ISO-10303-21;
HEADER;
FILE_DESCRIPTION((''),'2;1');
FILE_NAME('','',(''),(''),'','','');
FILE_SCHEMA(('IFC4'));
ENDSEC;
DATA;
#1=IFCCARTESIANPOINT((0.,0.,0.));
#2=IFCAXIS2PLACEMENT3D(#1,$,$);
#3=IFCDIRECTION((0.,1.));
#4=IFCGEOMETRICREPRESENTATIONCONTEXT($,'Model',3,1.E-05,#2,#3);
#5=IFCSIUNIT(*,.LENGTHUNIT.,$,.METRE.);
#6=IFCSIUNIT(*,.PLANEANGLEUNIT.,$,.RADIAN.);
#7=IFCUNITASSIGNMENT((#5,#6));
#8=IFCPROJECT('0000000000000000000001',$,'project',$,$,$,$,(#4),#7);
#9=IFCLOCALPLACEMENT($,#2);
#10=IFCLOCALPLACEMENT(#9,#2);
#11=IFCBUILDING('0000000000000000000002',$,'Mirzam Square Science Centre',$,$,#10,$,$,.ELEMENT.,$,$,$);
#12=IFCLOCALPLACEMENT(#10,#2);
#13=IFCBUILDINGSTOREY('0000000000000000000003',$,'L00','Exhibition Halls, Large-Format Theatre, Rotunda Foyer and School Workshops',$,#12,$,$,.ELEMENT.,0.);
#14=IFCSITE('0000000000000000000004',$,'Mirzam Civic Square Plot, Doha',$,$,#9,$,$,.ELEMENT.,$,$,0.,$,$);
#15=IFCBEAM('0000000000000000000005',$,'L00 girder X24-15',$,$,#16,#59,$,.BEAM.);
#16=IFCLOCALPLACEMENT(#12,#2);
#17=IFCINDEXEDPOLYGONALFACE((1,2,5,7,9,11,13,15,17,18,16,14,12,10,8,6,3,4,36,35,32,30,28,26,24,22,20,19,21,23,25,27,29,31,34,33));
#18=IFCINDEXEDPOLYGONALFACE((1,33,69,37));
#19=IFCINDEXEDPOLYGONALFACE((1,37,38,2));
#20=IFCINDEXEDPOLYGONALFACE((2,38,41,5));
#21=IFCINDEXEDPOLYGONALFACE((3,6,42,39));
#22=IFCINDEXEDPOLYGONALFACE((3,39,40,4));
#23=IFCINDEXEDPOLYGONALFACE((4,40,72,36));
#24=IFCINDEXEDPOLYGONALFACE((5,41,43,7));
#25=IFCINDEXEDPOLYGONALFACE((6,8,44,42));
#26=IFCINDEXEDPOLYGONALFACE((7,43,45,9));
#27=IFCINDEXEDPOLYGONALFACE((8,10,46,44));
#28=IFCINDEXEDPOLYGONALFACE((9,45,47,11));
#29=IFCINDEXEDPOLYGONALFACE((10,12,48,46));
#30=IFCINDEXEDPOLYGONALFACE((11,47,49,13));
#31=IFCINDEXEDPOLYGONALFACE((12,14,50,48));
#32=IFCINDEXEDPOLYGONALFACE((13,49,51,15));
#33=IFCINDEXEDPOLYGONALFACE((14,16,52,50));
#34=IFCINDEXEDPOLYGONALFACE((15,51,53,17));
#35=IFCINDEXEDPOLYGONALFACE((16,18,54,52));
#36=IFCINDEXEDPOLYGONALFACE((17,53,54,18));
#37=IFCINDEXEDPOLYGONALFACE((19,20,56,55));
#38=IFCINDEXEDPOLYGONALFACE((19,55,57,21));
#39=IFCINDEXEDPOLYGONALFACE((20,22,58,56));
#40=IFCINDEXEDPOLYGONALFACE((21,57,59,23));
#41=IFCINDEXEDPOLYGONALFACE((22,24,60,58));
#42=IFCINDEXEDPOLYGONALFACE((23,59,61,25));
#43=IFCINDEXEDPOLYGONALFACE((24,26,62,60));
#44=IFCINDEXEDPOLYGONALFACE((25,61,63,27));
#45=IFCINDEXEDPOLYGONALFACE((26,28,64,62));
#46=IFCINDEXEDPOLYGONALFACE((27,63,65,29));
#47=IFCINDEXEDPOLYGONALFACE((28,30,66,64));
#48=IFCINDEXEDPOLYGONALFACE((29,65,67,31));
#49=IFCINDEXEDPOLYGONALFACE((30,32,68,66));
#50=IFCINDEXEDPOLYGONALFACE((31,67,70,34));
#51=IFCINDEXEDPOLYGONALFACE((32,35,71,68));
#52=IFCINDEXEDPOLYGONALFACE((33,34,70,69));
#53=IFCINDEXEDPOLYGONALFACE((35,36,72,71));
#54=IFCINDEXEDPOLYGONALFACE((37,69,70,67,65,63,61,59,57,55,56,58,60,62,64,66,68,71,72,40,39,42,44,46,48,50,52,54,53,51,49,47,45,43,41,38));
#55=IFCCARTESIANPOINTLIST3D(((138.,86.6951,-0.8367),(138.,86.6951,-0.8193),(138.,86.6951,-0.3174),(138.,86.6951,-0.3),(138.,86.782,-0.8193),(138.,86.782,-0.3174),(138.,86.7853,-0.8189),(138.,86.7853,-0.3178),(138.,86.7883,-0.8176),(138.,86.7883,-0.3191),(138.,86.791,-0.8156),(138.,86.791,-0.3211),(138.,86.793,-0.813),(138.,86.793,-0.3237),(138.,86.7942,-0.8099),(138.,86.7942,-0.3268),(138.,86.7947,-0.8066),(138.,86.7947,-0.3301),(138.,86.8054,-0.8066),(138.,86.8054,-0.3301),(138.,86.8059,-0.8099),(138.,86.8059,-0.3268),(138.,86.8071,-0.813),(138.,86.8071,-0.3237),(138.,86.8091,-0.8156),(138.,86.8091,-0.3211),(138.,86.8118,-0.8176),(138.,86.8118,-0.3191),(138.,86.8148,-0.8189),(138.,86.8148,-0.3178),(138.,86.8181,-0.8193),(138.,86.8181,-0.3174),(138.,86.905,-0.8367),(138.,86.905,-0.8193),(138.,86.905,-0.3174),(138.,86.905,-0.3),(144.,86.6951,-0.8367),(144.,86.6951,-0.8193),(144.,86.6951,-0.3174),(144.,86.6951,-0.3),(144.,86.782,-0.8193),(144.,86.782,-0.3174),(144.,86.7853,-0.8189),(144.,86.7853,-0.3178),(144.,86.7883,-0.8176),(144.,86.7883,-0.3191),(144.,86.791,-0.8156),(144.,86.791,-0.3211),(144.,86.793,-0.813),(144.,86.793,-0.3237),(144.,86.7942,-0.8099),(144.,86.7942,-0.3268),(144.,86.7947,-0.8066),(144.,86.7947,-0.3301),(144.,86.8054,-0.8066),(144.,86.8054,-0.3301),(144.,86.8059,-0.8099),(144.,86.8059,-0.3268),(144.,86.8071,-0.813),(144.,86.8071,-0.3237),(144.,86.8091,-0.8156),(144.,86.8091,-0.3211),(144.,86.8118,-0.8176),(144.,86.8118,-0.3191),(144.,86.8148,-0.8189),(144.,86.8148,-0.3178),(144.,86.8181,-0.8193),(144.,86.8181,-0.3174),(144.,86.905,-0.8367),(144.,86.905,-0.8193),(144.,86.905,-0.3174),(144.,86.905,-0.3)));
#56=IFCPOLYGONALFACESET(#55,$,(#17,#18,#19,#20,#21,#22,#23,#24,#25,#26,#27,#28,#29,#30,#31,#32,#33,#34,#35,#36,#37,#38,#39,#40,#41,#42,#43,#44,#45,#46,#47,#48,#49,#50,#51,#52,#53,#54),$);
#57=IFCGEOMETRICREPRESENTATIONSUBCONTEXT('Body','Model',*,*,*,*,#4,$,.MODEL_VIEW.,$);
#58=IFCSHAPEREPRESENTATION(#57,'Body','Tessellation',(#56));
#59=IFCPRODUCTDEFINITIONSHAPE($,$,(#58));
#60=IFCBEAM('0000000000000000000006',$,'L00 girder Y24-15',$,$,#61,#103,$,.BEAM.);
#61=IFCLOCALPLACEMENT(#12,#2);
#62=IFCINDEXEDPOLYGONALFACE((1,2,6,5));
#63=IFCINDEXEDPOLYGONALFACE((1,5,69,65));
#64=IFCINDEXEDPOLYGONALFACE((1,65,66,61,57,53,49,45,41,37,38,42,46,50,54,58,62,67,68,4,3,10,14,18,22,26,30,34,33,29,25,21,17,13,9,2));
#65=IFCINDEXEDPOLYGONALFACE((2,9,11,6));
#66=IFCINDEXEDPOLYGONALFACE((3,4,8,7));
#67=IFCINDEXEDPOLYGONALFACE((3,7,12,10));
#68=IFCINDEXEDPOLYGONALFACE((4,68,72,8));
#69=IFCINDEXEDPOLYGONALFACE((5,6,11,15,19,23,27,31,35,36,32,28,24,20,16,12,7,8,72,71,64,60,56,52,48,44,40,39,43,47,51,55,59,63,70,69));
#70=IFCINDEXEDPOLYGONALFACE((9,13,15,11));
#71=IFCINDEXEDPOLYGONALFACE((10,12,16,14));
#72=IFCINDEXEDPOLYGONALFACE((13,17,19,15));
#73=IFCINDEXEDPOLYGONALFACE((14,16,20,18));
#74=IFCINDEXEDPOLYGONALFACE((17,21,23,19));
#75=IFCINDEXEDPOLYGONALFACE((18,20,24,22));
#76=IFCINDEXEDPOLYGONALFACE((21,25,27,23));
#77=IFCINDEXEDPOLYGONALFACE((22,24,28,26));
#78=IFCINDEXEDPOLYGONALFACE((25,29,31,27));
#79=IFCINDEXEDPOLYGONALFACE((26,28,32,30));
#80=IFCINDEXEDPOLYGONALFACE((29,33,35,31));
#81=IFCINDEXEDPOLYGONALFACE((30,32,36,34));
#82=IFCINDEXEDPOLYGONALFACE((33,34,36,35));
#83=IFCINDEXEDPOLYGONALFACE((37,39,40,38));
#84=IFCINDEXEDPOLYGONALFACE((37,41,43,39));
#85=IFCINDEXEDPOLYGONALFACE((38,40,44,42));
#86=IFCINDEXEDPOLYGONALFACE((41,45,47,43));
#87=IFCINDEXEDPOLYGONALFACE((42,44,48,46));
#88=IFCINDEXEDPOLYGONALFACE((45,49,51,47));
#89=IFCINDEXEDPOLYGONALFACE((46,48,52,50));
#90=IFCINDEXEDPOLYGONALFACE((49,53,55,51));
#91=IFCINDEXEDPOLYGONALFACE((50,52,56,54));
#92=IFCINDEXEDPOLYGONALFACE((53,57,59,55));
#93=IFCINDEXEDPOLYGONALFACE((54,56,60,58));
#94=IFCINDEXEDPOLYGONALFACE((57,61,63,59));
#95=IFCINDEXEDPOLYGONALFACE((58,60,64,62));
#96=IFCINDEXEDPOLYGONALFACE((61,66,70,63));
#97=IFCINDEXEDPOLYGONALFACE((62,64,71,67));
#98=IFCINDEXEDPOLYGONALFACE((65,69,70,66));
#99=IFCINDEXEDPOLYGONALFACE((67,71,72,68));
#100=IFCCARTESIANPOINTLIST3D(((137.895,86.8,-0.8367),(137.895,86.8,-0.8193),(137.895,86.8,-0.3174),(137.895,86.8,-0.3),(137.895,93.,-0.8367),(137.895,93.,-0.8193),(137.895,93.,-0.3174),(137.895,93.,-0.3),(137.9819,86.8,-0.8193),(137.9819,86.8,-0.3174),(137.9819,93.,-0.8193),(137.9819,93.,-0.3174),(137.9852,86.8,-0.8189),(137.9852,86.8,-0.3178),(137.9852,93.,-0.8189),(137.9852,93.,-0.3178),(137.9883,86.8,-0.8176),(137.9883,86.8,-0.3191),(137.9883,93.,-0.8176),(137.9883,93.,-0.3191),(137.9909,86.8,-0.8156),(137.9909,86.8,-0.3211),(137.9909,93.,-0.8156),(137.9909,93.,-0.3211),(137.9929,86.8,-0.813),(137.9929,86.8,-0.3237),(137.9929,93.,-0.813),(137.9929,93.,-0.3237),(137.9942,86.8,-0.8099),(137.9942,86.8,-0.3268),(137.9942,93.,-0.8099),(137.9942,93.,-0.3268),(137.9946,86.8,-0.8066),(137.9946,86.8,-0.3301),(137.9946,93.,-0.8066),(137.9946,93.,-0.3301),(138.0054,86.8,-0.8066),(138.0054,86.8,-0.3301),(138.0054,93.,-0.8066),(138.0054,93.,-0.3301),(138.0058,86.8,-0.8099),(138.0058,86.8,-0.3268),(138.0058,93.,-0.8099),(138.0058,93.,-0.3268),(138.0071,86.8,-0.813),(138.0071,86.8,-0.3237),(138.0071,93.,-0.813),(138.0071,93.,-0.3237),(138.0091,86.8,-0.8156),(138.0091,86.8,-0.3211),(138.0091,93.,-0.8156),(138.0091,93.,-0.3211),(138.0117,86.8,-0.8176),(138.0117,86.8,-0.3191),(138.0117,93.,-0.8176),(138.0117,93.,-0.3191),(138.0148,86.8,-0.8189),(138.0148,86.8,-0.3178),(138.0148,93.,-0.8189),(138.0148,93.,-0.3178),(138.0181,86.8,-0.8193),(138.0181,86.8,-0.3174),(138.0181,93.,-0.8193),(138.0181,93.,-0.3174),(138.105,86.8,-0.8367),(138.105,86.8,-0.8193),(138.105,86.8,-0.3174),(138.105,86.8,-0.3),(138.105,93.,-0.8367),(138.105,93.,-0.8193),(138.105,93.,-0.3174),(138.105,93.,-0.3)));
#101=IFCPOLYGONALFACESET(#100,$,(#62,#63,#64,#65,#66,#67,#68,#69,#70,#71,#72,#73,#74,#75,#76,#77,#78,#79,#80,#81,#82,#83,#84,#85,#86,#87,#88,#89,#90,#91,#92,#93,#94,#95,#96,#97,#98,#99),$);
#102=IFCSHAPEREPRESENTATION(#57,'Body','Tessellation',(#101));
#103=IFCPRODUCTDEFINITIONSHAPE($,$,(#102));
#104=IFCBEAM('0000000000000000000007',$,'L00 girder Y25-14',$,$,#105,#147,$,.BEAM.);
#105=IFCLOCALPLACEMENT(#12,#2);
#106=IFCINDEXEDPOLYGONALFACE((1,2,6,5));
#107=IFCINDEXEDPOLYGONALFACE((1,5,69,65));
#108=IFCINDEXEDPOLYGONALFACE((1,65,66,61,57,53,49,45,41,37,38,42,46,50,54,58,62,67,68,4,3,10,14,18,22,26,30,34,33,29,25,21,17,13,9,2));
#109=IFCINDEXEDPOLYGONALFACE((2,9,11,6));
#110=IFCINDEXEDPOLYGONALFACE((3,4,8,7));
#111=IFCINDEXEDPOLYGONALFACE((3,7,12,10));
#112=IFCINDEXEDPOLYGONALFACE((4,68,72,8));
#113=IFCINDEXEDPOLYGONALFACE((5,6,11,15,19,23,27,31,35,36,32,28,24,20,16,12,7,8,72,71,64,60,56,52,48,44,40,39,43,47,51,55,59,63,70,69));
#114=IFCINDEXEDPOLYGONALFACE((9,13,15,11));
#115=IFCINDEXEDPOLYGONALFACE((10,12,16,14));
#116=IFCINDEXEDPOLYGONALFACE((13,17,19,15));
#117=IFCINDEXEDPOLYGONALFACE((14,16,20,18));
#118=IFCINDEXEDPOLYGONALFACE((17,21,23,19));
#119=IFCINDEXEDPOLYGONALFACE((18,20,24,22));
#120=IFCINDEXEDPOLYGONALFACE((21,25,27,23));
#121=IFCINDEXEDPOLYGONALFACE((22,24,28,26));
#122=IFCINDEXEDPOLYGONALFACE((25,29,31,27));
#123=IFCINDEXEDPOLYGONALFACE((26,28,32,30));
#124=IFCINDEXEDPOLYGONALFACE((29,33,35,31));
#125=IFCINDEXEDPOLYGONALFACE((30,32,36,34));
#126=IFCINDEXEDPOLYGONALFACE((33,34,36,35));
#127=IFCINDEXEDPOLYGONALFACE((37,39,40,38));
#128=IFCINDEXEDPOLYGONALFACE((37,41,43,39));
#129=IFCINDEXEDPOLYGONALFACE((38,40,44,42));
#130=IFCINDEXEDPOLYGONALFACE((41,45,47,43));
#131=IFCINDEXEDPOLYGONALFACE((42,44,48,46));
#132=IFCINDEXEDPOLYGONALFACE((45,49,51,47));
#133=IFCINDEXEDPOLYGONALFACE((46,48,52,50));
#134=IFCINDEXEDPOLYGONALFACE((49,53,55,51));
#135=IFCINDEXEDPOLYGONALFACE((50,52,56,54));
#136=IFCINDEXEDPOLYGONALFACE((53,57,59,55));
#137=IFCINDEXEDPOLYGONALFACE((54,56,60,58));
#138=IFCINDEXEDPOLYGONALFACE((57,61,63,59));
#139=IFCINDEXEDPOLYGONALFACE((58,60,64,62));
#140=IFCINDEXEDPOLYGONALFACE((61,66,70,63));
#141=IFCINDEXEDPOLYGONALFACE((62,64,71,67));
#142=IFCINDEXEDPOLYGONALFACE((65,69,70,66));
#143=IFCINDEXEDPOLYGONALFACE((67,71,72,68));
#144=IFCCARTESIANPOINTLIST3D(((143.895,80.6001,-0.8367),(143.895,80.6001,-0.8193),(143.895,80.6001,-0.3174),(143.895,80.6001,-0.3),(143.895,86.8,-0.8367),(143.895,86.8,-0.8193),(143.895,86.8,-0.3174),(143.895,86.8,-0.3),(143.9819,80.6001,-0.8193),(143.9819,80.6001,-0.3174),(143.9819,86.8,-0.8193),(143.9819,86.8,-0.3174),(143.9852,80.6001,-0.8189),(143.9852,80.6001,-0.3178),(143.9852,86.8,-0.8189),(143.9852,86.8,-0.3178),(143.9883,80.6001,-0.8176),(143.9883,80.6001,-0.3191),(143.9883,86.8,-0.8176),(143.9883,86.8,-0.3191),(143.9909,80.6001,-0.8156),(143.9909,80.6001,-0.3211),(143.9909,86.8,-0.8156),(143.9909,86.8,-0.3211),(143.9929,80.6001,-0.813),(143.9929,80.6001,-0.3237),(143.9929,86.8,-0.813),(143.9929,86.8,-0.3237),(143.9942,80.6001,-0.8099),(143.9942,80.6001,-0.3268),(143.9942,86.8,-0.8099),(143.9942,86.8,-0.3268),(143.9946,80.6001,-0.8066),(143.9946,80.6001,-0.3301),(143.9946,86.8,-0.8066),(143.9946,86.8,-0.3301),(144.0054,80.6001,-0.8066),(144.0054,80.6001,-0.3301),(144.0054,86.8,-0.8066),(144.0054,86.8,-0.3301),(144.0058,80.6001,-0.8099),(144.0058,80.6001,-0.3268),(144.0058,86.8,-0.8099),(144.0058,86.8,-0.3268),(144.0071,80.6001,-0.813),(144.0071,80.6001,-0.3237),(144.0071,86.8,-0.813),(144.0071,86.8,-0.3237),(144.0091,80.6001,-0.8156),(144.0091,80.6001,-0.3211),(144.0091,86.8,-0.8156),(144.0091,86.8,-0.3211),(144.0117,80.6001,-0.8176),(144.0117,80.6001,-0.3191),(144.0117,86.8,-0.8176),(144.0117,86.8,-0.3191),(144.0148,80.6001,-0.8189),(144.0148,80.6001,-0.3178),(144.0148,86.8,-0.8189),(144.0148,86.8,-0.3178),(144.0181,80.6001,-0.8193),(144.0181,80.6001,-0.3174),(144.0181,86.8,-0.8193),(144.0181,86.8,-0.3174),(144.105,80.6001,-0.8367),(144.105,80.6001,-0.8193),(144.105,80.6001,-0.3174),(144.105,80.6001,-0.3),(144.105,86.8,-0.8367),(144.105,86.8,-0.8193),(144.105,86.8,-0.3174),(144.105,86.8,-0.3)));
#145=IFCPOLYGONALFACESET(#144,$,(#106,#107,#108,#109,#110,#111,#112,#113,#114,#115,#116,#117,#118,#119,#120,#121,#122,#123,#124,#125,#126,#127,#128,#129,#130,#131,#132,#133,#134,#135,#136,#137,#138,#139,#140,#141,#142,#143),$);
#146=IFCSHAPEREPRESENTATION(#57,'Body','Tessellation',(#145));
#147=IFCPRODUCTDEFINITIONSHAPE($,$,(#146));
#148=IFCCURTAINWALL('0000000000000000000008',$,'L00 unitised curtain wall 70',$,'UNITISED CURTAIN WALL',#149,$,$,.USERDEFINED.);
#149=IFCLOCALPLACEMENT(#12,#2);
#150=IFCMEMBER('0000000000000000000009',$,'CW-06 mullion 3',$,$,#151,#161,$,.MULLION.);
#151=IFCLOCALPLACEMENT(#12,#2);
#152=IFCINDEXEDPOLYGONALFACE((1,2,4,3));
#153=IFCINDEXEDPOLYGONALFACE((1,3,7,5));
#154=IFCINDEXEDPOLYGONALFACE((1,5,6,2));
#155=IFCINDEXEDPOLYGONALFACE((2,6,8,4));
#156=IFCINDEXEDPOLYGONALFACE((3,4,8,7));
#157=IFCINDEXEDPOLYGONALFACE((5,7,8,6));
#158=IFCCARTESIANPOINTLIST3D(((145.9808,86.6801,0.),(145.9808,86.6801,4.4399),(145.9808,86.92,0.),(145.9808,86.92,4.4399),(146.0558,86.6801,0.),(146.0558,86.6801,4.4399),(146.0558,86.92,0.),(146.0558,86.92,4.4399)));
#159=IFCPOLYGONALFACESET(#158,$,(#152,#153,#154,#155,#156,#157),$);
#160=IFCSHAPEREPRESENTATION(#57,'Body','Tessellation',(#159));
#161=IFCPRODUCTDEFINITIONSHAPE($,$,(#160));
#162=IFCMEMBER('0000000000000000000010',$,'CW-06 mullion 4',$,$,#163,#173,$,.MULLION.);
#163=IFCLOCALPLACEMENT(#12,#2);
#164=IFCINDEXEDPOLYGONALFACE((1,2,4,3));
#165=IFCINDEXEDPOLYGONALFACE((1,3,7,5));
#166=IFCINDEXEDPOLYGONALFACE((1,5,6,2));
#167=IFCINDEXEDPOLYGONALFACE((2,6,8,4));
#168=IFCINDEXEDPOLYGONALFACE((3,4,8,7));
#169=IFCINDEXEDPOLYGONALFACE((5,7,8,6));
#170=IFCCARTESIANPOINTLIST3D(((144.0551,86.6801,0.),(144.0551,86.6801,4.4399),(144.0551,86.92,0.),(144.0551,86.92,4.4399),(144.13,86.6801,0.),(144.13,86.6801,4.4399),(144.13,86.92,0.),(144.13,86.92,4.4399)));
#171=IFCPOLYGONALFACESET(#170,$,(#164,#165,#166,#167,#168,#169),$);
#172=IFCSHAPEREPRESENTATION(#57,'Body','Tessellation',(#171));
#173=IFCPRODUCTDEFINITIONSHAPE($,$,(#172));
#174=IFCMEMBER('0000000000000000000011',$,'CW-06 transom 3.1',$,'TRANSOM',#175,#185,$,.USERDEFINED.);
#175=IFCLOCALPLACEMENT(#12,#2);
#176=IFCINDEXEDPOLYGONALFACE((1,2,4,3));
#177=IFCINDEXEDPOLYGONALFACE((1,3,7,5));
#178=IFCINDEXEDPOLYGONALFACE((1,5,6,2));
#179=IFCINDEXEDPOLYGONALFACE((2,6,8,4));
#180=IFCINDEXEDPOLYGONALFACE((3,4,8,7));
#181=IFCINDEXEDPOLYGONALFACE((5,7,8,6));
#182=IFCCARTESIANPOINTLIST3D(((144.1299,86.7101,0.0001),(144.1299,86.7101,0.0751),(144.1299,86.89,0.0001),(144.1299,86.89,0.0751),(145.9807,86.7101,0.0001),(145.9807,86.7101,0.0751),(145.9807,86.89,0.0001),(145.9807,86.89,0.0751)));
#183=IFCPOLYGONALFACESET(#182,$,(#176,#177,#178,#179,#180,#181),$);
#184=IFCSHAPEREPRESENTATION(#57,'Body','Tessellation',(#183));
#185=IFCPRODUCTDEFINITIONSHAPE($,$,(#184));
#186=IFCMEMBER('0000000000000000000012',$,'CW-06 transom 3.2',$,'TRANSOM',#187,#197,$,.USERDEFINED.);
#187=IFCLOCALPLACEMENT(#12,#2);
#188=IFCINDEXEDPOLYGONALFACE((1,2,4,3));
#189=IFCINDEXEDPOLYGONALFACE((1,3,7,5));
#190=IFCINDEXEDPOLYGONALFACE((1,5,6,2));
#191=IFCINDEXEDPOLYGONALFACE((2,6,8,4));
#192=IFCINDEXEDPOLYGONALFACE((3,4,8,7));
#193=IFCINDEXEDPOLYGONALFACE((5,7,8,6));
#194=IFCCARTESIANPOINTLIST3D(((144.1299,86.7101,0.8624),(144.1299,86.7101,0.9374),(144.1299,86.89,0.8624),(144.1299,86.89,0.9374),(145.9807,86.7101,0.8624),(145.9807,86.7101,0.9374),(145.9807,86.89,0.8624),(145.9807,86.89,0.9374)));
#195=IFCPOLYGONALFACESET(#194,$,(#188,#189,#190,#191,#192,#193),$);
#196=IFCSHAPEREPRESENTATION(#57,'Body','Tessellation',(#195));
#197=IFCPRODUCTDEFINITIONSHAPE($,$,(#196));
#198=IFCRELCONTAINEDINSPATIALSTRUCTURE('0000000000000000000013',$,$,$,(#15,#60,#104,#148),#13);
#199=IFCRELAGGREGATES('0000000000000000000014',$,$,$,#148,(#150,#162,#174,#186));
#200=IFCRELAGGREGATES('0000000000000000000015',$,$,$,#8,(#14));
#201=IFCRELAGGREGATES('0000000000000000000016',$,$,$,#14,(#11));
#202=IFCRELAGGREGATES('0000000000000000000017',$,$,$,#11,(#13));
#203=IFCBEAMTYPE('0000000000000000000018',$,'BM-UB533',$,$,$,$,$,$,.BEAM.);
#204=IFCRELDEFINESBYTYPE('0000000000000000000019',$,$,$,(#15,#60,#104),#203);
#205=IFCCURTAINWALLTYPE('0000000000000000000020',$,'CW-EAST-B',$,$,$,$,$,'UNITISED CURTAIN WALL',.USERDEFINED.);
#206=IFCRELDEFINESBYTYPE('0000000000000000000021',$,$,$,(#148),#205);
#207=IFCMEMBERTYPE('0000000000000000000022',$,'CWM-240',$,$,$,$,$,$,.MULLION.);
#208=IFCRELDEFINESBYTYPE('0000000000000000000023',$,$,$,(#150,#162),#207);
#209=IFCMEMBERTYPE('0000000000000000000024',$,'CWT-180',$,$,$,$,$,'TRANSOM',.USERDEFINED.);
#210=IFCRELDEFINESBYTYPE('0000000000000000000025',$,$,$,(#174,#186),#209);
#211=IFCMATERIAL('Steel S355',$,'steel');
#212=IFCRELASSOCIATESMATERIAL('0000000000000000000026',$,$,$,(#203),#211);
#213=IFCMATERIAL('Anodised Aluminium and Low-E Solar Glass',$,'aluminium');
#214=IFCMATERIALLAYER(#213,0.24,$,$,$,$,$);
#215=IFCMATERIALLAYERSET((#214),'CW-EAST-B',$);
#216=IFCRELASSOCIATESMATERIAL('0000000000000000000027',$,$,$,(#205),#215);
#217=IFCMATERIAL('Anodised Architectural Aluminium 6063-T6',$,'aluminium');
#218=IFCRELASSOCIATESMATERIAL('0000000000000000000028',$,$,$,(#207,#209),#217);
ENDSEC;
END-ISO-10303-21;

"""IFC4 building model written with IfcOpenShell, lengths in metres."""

from ifc_helpers import new_model, si_unit, direction, frame, origin, origin_2d, place, context, subcontext, project, spatial, rectangle, i_section, extrude, material, layer, layer_set, material_profile, profile_set, type_object, element, aggregate, save


model = new_model("IFC4")

# Units and contexts
model_context = context("Model", 3, precision=1e-05, world=origin(), true_north=direction((0.0, 1.0)))
body_context = subcontext(model_context, "Body", "Model", "MODEL_VIEW")
ifc_project = project(units=[si_unit("LENGTHUNIT", "METRE"), si_unit("PLANEANGLEUNIT", "RADIAN")], contexts=[model_context])

# Site, building, storey
site_placement = place(None, origin())
site = spatial("IfcSite", under=ifc_project, at=site_placement, Name="Mirzam Civic Square Plot, Doha", CompositionType="ELEMENT", RefElevation=0.0)
building_placement = place(site_placement, origin())
building = spatial("IfcBuilding", under=site, at=building_placement, Name="Mirzam Square Science Centre", CompositionType="ELEMENT")
storey_placement = place(building_placement, origin())
storey = spatial("IfcBuildingStorey", under=building, at=storey_placement, Name="L00", Description="Exhibition Halls, Large-Format Theatre, Rotunda Foyer and School Workshops", CompositionType="ELEMENT", Elevation=0.0)

# Shared definitions
ifc_material_1 = material(Name="Steel S355", Category="steel")

# Beams
ifc_material_profile_1 = material_profile(ifc_material_1, i_section(OverallWidth=0.21, OverallDepth=0.5366, WebThickness=0.0107, FlangeThickness=0.0173, FilletRadius=0.0127, at=origin_2d()), Name="533x210x101UB")
ifc_profile_set_1 = profile_set([ifc_material_profile_1], Name="Steel S355")
beam_type_1 = type_object("IfcBeamType", Name="BM-UB533", PredefinedType="BEAM", material=ifc_profile_set_1)
for number, where, z_axis, x_axis, name in (
    (1, (138.0, 86.8, -0.5684), (1.0, 0.0, 0.0), (0.0, 1.0, 0.0), "L00 girder X24-15"),
):
    element("IfcBeam", number, at=place(storey_placement, frame(where, z_axis=z_axis, x_axis=x_axis)), inside=storey, type_object=beam_type_1, Name=name, PredefinedType="BEAM", context=body_context, shape_type="SweptSolid", body=[
        extrude(i_section(OverallWidth=0.21, OverallDepth=0.5366, WebThickness=0.0107, FlangeThickness=0.0173, FilletRadius=0.0127, at=origin_2d()), origin(), (0.0, 0.0, 1.0), 6.0),
    ])
for number, where, z_axis, x_axis, name in (
    (2, (138.0, 86.8, -0.5684), (0.0, 1.0, 0.0), (-1.0, 0.0, 0.0), "L00 girder Y24-15"),
    (3, (144.0, 80.6001, -0.5684), (0.0, 1.0, 0.0), (-1.0, 0.0, 0.0), "L00 girder Y25-14"),
):
    element("IfcBeam", number, at=place(storey_placement, frame(where, z_axis=z_axis, x_axis=x_axis)), inside=storey, type_object=beam_type_1, Name=name, PredefinedType="BEAM", context=body_context, shape_type="SweptSolid", body=[
        extrude(i_section(OverallWidth=0.21, OverallDepth=0.5366, WebThickness=0.0107, FlangeThickness=0.0173, FilletRadius=0.0127, at=origin_2d()), origin(), (0.0, 0.0, 1.0), 6.2),
    ])

# Curtain wall, members
ifc_material_2 = material(Name="Anodised Aluminium and Low-E Solar Glass", Category="aluminium")
ifc_layer_1 = layer(ifc_material_2, 0.24)
ifc_layer_set_1 = layer_set([ifc_layer_1], Name="CW-EAST-B")
curtain_wall_type = type_object("IfcCurtainWallType", Name="CW-EAST-B", ElementType="UNITISED CURTAIN WALL", PredefinedType="USERDEFINED", material=ifc_layer_set_1)
curtain_wall_placement = place(storey_placement, origin())
curtain_wall = element("IfcCurtainWall", 4, at=curtain_wall_placement, inside=storey, type_object=curtain_wall_type, Name="L00 unitised curtain wall 70", ObjectType="UNITISED CURTAIN WALL", PredefinedType="USERDEFINED")
ifc_material_3 = material(Name="Anodised Architectural Aluminium 6063-T6", Category="aluminium")
ifc_material_profile_2 = material_profile(ifc_material_3, rectangle(XDim=0.075, YDim=0.24, at=origin_2d()), Name="ALU-MULL-240x75x5")
ifc_profile_set_2 = profile_set([ifc_material_profile_2], Name="Anodised Architectural Aluminium 6063-T6")
member_type_1 = type_object("IfcMemberType", Name="CWM-240", PredefinedType="MULLION", material=ifc_profile_set_2)
member_1_placement = place(storey_placement, frame((146.0183, 86.8, 0.0), z_axis=(0.0, 0.0, 1.0), x_axis=(-1.0, 0.0, 0.0)))
member_1 = element("IfcMember", 5, at=member_1_placement, type_object=member_type_1, Name="CW-06 mullion 3", PredefinedType="MULLION", context=body_context, shape_type="SweptSolid", body=[
    extrude(rectangle(XDim=0.075, YDim=0.24, at=origin_2d()), origin(), (0.0, 0.0, 1.0), 4.4399),
])
member_2_placement = place(storey_placement, frame((144.0925, 86.8, 0.0), z_axis=(0.0, 0.0, 1.0), x_axis=(-1.0, 0.0, 0.0)))
member_2 = element("IfcMember", 6, at=member_2_placement, type_object=member_type_1, Name="CW-06 mullion 4", PredefinedType="MULLION", context=body_context, shape_type="SweptSolid", body=[
    extrude(rectangle(XDim=0.075, YDim=0.24, at=origin_2d()), origin(), (0.0, 0.0, 1.0), 4.4399),
])
ifc_material_profile_3 = material_profile(ifc_material_3, rectangle(XDim=0.1799, YDim=0.075, at=origin_2d()), Name="ALU-TRAN-180x75x5")
ifc_profile_set_3 = profile_set([ifc_material_profile_3], Name="Anodised Architectural Aluminium 6063-T6")
member_type_2 = type_object("IfcMemberType", Name="CWT-180", ElementType="TRANSOM", PredefinedType="USERDEFINED", material=ifc_profile_set_3)
member_3_placement = place(storey_placement, frame((145.9807, 86.8, 0.0376), z_axis=(-1.0, 0.0, 0.0), x_axis=(0.0, -1.0, 0.0)))
member_3 = element("IfcMember", 7, at=member_3_placement, type_object=member_type_2, Name="CW-06 transom 3.1", ObjectType="TRANSOM", PredefinedType="USERDEFINED", context=body_context, shape_type="SweptSolid", body=[
    extrude(rectangle(XDim=0.1799, YDim=0.075, at=origin_2d()), origin(), (0.0, 0.0, 1.0), 1.8508),
])
member_4_placement = place(storey_placement, frame((145.9807, 86.8, 0.8999), z_axis=(-1.0, 0.0, 0.0), x_axis=(0.0, -1.0, 0.0)))
member_4 = element("IfcMember", 8, at=member_4_placement, type_object=member_type_2, Name="CW-06 transom 3.2", ObjectType="TRANSOM", PredefinedType="USERDEFINED", context=body_context, shape_type="SweptSolid", body=[
    extrude(rectangle(XDim=0.1799, YDim=0.075, at=origin_2d()), origin(), (0.0, 0.0, 1.0), 1.8508),
])

aggregate(curtain_wall, [member_1, member_2, member_3, member_4])

save(model, "model.ifc")
